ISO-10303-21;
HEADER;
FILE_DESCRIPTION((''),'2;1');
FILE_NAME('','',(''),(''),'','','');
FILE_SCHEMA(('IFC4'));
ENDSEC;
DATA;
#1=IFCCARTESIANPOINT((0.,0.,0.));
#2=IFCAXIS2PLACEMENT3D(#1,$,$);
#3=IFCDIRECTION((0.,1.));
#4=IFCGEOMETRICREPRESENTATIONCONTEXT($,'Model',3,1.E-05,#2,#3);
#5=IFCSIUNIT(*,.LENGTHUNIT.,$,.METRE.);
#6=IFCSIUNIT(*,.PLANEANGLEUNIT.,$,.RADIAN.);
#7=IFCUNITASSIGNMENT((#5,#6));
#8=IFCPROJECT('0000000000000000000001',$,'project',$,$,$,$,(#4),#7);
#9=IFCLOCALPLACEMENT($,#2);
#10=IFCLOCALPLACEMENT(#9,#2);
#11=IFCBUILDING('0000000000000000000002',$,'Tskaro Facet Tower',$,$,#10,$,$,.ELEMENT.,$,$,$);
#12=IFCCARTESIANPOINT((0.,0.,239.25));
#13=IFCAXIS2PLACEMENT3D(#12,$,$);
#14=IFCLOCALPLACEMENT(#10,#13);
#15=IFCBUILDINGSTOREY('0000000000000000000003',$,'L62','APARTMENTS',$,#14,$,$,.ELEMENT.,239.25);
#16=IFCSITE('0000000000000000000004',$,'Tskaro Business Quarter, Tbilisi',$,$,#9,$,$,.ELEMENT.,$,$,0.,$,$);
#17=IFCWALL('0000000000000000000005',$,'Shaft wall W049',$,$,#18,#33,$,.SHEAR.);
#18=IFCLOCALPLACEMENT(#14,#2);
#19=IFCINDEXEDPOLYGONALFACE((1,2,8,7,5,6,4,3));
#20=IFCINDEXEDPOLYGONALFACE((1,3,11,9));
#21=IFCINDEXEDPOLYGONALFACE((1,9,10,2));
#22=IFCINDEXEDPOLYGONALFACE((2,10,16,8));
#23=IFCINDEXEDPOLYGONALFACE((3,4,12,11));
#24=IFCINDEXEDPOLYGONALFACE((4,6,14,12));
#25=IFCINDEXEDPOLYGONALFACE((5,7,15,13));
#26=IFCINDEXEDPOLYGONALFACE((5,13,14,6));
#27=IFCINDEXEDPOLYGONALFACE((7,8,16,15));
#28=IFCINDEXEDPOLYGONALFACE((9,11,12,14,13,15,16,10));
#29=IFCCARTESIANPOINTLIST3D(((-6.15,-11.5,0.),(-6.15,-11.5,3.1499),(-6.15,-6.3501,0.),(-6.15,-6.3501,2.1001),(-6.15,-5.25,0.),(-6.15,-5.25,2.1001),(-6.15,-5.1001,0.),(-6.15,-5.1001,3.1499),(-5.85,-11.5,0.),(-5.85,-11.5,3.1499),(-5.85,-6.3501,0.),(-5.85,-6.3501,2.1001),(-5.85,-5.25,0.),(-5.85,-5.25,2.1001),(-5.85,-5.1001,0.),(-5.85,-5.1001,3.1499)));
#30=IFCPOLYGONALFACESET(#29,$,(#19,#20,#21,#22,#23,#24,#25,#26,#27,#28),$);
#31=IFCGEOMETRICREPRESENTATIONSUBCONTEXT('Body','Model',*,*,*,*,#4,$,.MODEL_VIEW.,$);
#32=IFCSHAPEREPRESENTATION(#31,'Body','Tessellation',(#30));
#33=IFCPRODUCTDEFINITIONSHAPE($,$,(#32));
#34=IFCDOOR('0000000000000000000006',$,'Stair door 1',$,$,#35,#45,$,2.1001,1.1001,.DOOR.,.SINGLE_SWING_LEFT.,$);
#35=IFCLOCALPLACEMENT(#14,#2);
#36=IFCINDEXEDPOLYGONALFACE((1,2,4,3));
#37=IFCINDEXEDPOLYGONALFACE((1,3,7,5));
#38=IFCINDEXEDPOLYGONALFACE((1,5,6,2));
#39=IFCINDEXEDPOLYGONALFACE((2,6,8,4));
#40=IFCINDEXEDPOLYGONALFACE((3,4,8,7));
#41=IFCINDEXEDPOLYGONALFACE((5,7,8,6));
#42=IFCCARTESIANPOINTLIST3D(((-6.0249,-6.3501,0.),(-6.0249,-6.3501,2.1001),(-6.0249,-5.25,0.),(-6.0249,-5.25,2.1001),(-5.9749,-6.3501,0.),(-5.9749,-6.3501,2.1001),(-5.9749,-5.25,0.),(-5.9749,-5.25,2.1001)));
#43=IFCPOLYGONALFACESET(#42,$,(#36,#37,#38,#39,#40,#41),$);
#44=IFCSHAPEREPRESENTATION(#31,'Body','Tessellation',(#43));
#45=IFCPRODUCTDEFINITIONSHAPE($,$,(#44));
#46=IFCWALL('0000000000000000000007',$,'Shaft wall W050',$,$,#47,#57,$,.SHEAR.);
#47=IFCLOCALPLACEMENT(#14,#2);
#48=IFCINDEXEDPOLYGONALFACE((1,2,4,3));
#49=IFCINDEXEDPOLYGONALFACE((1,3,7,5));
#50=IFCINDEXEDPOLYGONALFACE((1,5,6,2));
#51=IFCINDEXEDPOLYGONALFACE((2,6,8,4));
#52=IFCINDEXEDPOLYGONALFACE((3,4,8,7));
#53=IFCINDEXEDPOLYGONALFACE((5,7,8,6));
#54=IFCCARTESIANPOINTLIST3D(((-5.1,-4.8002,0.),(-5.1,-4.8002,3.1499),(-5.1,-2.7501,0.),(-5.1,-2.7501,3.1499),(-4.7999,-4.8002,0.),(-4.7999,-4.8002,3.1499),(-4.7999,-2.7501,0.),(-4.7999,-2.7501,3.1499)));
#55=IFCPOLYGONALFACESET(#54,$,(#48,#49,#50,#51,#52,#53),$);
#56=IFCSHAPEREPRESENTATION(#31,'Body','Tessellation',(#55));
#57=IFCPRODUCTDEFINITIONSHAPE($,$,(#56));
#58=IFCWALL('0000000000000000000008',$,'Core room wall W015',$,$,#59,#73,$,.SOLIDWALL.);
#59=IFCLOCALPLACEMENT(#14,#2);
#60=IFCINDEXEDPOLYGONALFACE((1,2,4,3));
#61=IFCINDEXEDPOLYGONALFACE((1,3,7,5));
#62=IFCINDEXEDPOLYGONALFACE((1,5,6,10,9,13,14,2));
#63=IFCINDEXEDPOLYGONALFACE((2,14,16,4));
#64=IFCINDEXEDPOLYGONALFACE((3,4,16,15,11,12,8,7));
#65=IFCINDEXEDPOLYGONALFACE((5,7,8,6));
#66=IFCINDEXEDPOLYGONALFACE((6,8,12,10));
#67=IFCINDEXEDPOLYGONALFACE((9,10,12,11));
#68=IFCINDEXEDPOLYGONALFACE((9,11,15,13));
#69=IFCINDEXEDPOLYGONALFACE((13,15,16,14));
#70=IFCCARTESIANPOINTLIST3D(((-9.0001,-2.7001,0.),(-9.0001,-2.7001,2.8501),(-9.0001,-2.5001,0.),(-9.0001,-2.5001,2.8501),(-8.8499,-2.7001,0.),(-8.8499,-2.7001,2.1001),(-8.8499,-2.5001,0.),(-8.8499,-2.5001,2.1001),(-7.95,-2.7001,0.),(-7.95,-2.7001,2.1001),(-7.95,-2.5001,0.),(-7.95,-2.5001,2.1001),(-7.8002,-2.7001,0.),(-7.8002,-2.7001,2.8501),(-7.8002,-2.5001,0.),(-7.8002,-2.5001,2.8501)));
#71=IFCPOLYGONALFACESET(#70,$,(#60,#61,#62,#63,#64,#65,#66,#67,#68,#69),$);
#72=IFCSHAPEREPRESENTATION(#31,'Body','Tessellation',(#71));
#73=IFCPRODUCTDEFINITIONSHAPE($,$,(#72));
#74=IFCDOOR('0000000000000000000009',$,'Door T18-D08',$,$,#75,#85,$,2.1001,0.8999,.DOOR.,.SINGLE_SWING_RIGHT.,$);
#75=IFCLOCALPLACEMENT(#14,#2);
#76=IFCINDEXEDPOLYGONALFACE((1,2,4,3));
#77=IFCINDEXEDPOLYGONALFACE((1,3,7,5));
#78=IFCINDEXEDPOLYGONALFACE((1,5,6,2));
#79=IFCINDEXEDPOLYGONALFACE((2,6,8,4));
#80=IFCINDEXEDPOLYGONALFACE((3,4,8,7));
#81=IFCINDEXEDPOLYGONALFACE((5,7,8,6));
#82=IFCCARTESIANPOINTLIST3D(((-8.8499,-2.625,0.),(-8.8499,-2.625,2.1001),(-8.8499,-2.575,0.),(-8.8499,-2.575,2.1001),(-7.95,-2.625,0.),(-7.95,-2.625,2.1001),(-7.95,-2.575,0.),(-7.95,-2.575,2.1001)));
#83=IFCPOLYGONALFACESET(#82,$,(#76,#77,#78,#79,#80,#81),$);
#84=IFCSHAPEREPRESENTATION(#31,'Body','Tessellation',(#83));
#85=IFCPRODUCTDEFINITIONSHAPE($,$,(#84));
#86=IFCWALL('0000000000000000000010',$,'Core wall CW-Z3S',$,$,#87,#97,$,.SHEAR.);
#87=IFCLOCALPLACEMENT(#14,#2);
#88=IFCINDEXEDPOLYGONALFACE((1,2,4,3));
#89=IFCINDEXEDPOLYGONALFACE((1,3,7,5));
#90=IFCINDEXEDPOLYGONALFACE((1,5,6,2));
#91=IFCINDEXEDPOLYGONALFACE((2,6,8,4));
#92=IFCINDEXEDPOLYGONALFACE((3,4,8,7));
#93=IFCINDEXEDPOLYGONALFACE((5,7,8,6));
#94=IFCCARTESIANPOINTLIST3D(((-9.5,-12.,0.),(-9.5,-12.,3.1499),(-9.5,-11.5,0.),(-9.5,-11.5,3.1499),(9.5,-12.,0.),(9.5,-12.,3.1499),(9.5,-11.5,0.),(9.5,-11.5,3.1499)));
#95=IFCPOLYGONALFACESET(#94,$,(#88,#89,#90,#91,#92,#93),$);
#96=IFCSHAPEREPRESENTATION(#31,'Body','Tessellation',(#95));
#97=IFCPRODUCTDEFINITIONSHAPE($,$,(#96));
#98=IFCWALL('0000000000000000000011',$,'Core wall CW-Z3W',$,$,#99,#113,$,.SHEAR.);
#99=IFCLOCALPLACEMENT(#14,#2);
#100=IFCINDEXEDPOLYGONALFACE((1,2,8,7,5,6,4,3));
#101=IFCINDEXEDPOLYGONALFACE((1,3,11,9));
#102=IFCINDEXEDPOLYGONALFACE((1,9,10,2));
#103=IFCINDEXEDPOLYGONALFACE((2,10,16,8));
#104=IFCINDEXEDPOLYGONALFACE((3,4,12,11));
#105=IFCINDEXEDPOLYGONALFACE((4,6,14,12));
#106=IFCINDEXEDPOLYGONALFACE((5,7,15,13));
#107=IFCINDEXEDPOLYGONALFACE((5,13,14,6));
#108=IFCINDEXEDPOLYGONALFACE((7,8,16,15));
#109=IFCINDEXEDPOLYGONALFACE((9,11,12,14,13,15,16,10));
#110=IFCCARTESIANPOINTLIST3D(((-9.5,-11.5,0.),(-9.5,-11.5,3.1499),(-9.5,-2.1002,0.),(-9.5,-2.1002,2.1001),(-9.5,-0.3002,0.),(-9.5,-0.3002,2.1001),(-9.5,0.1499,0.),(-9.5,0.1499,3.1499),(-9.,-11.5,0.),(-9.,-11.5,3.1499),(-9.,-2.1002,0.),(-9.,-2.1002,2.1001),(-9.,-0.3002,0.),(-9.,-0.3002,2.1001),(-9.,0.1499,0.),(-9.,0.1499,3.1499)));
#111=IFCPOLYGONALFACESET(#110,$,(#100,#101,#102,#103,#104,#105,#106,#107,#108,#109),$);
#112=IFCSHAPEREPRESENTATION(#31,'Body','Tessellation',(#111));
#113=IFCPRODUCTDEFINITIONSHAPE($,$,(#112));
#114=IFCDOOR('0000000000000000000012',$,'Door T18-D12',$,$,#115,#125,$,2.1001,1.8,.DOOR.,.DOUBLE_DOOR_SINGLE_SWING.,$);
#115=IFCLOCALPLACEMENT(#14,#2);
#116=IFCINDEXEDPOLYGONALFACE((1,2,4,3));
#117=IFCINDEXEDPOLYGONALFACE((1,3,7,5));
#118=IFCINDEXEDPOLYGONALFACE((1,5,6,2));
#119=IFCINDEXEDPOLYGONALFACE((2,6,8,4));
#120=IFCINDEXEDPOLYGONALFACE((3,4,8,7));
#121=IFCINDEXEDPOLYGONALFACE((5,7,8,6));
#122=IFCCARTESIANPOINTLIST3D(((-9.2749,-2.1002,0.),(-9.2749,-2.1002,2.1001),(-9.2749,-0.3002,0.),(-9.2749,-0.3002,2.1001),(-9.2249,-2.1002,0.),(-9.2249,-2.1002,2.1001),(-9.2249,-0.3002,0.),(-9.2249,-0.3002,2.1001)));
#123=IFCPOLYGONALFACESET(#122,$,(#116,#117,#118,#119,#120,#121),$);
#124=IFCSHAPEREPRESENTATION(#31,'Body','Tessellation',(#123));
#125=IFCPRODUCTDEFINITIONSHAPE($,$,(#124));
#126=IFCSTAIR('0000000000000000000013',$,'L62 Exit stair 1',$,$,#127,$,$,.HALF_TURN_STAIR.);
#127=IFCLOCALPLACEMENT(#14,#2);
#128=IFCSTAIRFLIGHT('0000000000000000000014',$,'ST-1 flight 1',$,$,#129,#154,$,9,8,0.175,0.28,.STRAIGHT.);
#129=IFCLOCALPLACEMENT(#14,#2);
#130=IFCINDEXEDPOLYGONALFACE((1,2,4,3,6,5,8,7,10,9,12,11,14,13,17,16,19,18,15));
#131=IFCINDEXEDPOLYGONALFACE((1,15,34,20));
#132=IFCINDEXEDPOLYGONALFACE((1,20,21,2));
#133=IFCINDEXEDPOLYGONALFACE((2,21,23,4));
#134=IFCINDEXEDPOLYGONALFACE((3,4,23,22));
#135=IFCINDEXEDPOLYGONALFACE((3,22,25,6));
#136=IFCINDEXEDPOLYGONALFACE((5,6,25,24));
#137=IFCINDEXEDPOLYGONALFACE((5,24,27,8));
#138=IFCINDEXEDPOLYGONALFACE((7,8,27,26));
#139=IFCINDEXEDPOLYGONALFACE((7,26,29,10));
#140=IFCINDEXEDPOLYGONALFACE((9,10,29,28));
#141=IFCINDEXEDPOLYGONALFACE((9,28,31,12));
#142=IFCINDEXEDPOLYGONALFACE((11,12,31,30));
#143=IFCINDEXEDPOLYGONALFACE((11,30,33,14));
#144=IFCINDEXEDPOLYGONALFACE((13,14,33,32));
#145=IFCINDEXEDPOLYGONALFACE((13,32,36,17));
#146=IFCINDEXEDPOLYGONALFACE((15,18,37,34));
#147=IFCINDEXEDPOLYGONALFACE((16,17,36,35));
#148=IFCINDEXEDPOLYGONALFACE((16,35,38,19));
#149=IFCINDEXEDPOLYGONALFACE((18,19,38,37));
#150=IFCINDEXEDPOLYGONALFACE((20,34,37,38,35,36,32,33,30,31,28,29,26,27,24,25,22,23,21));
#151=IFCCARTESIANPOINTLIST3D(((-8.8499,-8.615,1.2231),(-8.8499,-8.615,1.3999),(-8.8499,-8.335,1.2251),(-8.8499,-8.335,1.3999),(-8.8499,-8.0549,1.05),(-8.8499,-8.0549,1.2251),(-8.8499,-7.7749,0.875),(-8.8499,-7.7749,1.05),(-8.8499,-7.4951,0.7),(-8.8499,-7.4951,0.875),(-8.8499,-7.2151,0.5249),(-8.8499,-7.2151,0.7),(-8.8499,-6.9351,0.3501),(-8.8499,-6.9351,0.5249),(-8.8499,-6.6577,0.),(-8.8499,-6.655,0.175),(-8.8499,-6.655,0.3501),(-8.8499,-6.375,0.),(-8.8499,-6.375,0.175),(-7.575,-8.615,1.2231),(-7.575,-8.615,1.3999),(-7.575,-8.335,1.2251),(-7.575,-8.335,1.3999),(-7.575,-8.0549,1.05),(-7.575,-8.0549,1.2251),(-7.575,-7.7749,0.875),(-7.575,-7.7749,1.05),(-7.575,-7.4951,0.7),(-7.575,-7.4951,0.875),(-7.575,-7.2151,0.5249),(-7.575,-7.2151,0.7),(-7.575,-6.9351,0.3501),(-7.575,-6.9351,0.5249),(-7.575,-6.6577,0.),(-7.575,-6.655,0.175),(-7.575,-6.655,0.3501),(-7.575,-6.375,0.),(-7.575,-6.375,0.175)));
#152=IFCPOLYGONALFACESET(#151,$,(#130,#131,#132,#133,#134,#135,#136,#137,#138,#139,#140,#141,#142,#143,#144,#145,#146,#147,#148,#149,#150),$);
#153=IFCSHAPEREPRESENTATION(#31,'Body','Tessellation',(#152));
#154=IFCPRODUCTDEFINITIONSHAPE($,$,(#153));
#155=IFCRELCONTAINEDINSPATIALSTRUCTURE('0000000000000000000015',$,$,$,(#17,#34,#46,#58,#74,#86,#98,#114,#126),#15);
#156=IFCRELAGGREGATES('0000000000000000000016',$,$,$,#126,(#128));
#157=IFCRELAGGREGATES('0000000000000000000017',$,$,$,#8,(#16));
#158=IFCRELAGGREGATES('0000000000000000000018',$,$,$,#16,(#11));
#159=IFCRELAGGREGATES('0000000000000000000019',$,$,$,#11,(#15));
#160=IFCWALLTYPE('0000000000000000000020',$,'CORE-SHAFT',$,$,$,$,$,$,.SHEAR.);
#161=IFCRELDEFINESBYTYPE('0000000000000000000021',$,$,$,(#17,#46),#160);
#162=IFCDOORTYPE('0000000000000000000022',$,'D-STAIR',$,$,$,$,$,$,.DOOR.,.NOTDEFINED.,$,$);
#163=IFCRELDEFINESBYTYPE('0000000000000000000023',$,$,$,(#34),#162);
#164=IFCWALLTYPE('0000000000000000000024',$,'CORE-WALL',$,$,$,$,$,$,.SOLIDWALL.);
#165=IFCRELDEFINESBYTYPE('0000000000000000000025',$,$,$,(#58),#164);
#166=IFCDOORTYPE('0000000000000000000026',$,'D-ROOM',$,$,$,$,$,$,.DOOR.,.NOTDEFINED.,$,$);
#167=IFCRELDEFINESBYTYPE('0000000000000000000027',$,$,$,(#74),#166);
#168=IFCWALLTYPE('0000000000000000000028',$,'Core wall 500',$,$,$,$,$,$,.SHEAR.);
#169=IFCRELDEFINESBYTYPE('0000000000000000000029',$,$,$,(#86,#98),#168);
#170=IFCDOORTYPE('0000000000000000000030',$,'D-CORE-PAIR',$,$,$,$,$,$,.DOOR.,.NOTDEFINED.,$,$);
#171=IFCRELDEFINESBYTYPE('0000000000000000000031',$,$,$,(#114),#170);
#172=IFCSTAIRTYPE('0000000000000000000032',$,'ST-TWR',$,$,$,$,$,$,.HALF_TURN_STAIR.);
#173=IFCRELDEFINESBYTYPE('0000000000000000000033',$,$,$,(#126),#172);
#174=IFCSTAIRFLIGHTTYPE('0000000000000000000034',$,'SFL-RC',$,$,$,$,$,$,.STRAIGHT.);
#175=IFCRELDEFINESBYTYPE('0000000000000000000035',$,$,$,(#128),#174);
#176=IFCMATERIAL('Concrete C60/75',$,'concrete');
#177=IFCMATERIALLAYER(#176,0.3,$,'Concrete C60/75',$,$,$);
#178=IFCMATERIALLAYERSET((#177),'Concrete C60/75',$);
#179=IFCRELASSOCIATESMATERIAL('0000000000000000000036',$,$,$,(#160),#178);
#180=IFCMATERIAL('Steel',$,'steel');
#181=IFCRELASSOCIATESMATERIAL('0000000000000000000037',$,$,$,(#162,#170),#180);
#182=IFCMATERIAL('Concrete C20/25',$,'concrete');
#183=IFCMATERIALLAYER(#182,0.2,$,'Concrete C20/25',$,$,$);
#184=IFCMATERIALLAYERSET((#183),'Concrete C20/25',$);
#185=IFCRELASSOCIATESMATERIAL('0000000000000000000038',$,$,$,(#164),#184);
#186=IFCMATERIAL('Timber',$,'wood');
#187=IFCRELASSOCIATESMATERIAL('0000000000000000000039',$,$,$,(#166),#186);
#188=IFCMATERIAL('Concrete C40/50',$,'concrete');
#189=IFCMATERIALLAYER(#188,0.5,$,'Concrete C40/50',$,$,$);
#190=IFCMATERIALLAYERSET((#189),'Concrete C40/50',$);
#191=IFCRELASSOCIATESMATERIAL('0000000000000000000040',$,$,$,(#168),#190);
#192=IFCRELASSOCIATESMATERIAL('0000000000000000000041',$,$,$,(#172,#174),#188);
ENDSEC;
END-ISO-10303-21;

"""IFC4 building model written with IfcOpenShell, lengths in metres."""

from ifc_helpers import new_model, si_unit, direction, frame, frame_2d, origin, place, context, subcontext, project, spatial, polyline, rectangle, outline, extrude, material, layer, layer_set, type_object, element, fill, aggregate, save


model = new_model("IFC4")

# Units and contexts
model_context = context("Model", 3, precision=1e-05, world=origin(), true_north=direction((0.0, 1.0)))
body_context = subcontext(model_context, "Body", "Model", "MODEL_VIEW")
ifc_project = project(units=[si_unit("LENGTHUNIT", "METRE"), si_unit("PLANEANGLEUNIT", "RADIAN")], contexts=[model_context])

# Site, building, storey
site_placement = place(None, origin())
site = spatial("IfcSite", under=ifc_project, at=site_placement, Name="Tskaro Business Quarter, Tbilisi", CompositionType="ELEMENT", RefElevation=0.0)
building_placement = place(site_placement, origin())
building = spatial("IfcBuilding", under=site, at=building_placement, Name="Tskaro Facet Tower", CompositionType="ELEMENT")
storey_placement = place(building_placement, frame((0.0, 0.0, 239.25)))
storey = spatial("IfcBuildingStorey", under=building, at=storey_placement, Name="L62", Description="APARTMENTS", CompositionType="ELEMENT", Elevation=239.25)

# Shared definitions
ifc_material_1 = material(Name="Concrete C60/75", Category="concrete")
ifc_layer_1 = layer(ifc_material_1, 0.3, Name="Concrete C60/75")
ifc_layer_set_1 = layer_set([ifc_layer_1], Name="Concrete C60/75")
wall_type_1 = type_object("IfcWallType", Name="CORE-SHAFT", PredefinedType="SHEAR", material=ifc_layer_set_1)

# Wall, opening, door
wall_1_placement = place(storey_placement, frame((-6.0, -11.5, 0.0), z_axis=(0.0, 0.0, 1.0), x_axis=(0.0, 1.0, 0.0)))
wall_1 = element("IfcWall", 1, at=wall_1_placement, inside=storey, type_object=wall_type_1, Name="Shaft wall W049", PredefinedType="SHEAR", context=body_context, shape_type="SweptSolid", body=[
    extrude(rectangle(XDim=6.3999, YDim=0.3, at=frame_2d((3.2, 0.0))), origin(), (0.0, 0.0, 1.0), 3.1499),
])
opening_1_placement = place(wall_1_placement, frame((5.1499, 0.0, 0.0)))
opening_1 = element("IfcOpeningElement", 2, at=opening_1_placement, cuts=wall_1, PredefinedType="OPENING", context=body_context, shape_type="SweptSolid", body=[
    extrude(rectangle(XDim=1.1001, YDim=2.1001, at=frame_2d((0.55, 1.05))), frame((0.0, 0.1599, 0.0), z_axis=(0.0, -1.0, 0.0), x_axis=(1.0, 0.0, 0.0)), (0.0, 0.0, 1.0), 0.3201),
])
ifc_material_2 = material(Name="Steel", Category="steel")
door_type_1 = type_object("IfcDoorType", Name="D-STAIR", OperationType="NOTDEFINED", PredefinedType="DOOR", material=ifc_material_2)
door_1_placement = place(opening_1_placement, origin())
door_1 = element("IfcDoor", 3, at=door_1_placement, inside=storey, type_object=door_type_1, Name="Stair door 1", OperationType="SINGLE_SWING_LEFT", OverallHeight=2.1001, OverallWidth=1.1001, PredefinedType="DOOR", context=body_context, shape_type="SweptSolid", body=[
    extrude(rectangle(XDim=1.1001, YDim=2.1001, at=frame_2d((0.55, 1.05))), frame((0.0, 0.0249, 0.0), z_axis=(0.0, -1.0, 0.0), x_axis=(1.0, 0.0, 0.0)), (0.0, 0.0, 1.0), 0.05),
])
fill(opening_1, door_1)

# Wall
wall_2_placement = place(storey_placement, frame((-4.95, -4.8, 0.0), z_axis=(0.0, 0.0, 1.0), x_axis=(0.0, 1.0, 0.0)))
element("IfcWall", 4, at=wall_2_placement, inside=storey, type_object=wall_type_1, Name="Shaft wall W050", PredefinedType="SHEAR", context=body_context, shape_type="SweptSolid", body=[
    extrude(rectangle(XDim=2.05, YDim=0.3, at=frame_2d((1.0249, 0.0))), origin(), (0.0, 0.0, 1.0), 3.1499),
])

# Wall, opening, door
ifc_material_3 = material(Name="Concrete C20/25", Category="concrete")
ifc_layer_2 = layer(ifc_material_3, 0.2, Name="Concrete C20/25")
ifc_layer_set_2 = layer_set([ifc_layer_2], Name="Concrete C20/25")
wall_type_2 = type_object("IfcWallType", Name="CORE-WALL", PredefinedType="SOLIDWALL", material=ifc_layer_set_2)
wall_3_placement = place(storey_placement, frame((-7.8, -2.6001, 0.0), z_axis=(0.0, 0.0, 1.0), x_axis=(-1.0, 0.0, 0.0)))
wall_3 = element("IfcWall", 5, at=wall_3_placement, inside=storey, type_object=wall_type_2, Name="Core room wall W015", PredefinedType="SOLIDWALL", context=body_context, shape_type="SweptSolid", body=[
    extrude(rectangle(XDim=1.2, YDim=0.2, at=frame_2d((0.6001, 0.0))), origin(), (0.0, 0.0, 1.0), 2.8501),
])
opening_2_placement = place(wall_3_placement, frame((0.1499, 0.0, 0.0)))
opening_2 = element("IfcOpeningElement", 6, at=opening_2_placement, cuts=wall_3, PredefinedType="OPENING", context=body_context, shape_type="SweptSolid", body=[
    extrude(rectangle(XDim=0.8999, YDim=2.1001, at=frame_2d((0.45, 1.05))), frame((0.0, 0.1099, 0.0), z_axis=(0.0, -1.0, 0.0), x_axis=(1.0, 0.0, 0.0)), (0.0, 0.0, 1.0), 0.22),
])
ifc_material_4 = material(Name="Timber", Category="wood")
door_type_2 = type_object("IfcDoorType", Name="D-ROOM", OperationType="NOTDEFINED", PredefinedType="DOOR", material=ifc_material_4)
door_2_placement = place(opening_2_placement, origin())
door_2 = element("IfcDoor", 7, at=door_2_placement, inside=storey, type_object=door_type_2, Name="Door T18-D08", OperationType="SINGLE_SWING_RIGHT", OverallHeight=2.1001, OverallWidth=0.8999, PredefinedType="DOOR", context=body_context, shape_type="SweptSolid", body=[
    extrude(rectangle(XDim=0.8999, YDim=2.1001, at=frame_2d((0.45, 1.05))), frame((0.0, 0.0249, 0.0), z_axis=(0.0, -1.0, 0.0), x_axis=(1.0, 0.0, 0.0)), (0.0, 0.0, 1.0), 0.05),
])
fill(opening_2, door_2)

# Wall
ifc_material_5 = material(Name="Concrete C40/50", Category="concrete")
ifc_layer_3 = layer(ifc_material_5, 0.5, Name="Concrete C40/50")
ifc_layer_set_3 = layer_set([ifc_layer_3], Name="Concrete C40/50")
wall_type_3 = type_object("IfcWallType", Name="Core wall 500", PredefinedType="SHEAR", material=ifc_layer_set_3)
wall_4_placement = place(storey_placement, frame((-9.5, -11.75, 0.0), z_axis=(0.0, 0.0, 1.0), x_axis=(1.0, 0.0, 0.0)))
element("IfcWall", 8, at=wall_4_placement, inside=storey, type_object=wall_type_3, Name="Core wall CW-Z3S", PredefinedType="SHEAR", context=body_context, shape_type="SweptSolid", body=[
    extrude(rectangle(XDim=19.0, YDim=0.5, at=frame_2d((9.5, 0.0))), origin(), (0.0, 0.0, 1.0), 3.1499),
])

# Wall, opening, door
wall_5_placement = place(storey_placement, frame((-9.25, -11.5, 0.0), z_axis=(0.0, 0.0, 1.0), x_axis=(0.0, 1.0, 0.0)))
wall_5 = element("IfcWall", 9, at=wall_5_placement, inside=storey, type_object=wall_type_3, Name="Core wall CW-Z3W", PredefinedType="SHEAR", context=body_context, shape_type="SweptSolid", body=[
    extrude(rectangle(XDim=11.6499, YDim=0.5, at=frame_2d((5.825, 0.0))), origin(), (0.0, 0.0, 1.0), 3.1499),
])
opening_3_placement = place(wall_5_placement, frame((9.3999, 0.0, 0.0)))
opening_3 = element("IfcOpeningElement", 10, at=opening_3_placement, cuts=wall_5, PredefinedType="OPENING", context=body_context, shape_type="SweptSolid", body=[
    extrude(rectangle(XDim=1.8, YDim=2.1001, at=frame_2d((0.8999, 1.05))), frame((0.0, 0.26, 0.0), z_axis=(0.0, -1.0, 0.0), x_axis=(1.0, 0.0, 0.0)), (0.0, 0.0, 1.0), 0.52),
])
door_type_3 = type_object("IfcDoorType", Name="D-CORE-PAIR", OperationType="NOTDEFINED", PredefinedType="DOOR", material=ifc_material_2)
door_3_placement = place(opening_3_placement, origin())
door_3 = element("IfcDoor", 11, at=door_3_placement, inside=storey, type_object=door_type_3, Name="Door T18-D12", OperationType="DOUBLE_DOOR_SINGLE_SWING", OverallHeight=2.1001, OverallWidth=1.8, PredefinedType="DOOR", context=body_context, shape_type="SweptSolid", body=[
    extrude(rectangle(XDim=1.8, YDim=2.1001, at=frame_2d((0.8999, 1.05))), frame((0.0, 0.0249, 0.0), z_axis=(0.0, -1.0, 0.0), x_axis=(1.0, 0.0, 0.0)), (0.0, 0.0, 1.0), 0.05),
])
fill(opening_3, door_3)

# Stair, stair flight
stair_type = type_object("IfcStairType", Name="ST-TWR", PredefinedType="HALF_TURN_STAIR", material=ifc_material_5)
stair_placement = place(storey_placement, origin())
stair = element("IfcStair", 12, at=stair_placement, inside=storey, type_object=stair_type, Name="L62 Exit stair 1", PredefinedType="HALF_TURN_STAIR")
stair_flight_type = type_object("IfcStairFlightType", Name="SFL-RC", PredefinedType="STRAIGHT", material=ifc_material_5)
stair_flight_1_placement = place(storey_placement, frame((-8.2124, -6.375, 0.0), z_axis=(0.0, 0.0, 1.0), x_axis=(0.0, -1.0, 0.0)))
stair_flight_1 = element("IfcStairFlight", 13, at=stair_flight_1_placement, type_object=stair_flight_type, Name="ST-1 flight 1", NumberOfRisers=9, NumberOfTreads=8, PredefinedType="STRAIGHT", RiserHeight=0.175, TreadLength=0.28, context=body_context, shape_type="SweptSolid", body=[
    extrude(outline(polyline([(0.0, 0.0), (0.0, 0.175), (0.28, 0.175), (0.28, 0.3501), (0.5601, 0.3501), (0.5601, 0.5249), (0.8401, 0.5249), (0.8401, 0.7), (1.1201, 0.7), (1.1201, 0.875), (1.3999, 0.875), (1.3999, 1.05), (1.6799, 1.05), (1.6799, 1.2251), (1.96, 1.2251), (1.96, 1.3999), (2.24, 1.3999), (2.24, 1.575), (2.24, 1.2231), (0.2827, 0.0), (0.0, 0.0)])), frame((0.0, 0.6375, 0.0), z_axis=(0.0, -1.0, 0.0), x_axis=(1.0, 0.0, 0.0)), (0.0, 0.0, 1.0), 1.2749),
])
aggregate(stair, [stair_flight_1])

save(model, "model.ifc")
